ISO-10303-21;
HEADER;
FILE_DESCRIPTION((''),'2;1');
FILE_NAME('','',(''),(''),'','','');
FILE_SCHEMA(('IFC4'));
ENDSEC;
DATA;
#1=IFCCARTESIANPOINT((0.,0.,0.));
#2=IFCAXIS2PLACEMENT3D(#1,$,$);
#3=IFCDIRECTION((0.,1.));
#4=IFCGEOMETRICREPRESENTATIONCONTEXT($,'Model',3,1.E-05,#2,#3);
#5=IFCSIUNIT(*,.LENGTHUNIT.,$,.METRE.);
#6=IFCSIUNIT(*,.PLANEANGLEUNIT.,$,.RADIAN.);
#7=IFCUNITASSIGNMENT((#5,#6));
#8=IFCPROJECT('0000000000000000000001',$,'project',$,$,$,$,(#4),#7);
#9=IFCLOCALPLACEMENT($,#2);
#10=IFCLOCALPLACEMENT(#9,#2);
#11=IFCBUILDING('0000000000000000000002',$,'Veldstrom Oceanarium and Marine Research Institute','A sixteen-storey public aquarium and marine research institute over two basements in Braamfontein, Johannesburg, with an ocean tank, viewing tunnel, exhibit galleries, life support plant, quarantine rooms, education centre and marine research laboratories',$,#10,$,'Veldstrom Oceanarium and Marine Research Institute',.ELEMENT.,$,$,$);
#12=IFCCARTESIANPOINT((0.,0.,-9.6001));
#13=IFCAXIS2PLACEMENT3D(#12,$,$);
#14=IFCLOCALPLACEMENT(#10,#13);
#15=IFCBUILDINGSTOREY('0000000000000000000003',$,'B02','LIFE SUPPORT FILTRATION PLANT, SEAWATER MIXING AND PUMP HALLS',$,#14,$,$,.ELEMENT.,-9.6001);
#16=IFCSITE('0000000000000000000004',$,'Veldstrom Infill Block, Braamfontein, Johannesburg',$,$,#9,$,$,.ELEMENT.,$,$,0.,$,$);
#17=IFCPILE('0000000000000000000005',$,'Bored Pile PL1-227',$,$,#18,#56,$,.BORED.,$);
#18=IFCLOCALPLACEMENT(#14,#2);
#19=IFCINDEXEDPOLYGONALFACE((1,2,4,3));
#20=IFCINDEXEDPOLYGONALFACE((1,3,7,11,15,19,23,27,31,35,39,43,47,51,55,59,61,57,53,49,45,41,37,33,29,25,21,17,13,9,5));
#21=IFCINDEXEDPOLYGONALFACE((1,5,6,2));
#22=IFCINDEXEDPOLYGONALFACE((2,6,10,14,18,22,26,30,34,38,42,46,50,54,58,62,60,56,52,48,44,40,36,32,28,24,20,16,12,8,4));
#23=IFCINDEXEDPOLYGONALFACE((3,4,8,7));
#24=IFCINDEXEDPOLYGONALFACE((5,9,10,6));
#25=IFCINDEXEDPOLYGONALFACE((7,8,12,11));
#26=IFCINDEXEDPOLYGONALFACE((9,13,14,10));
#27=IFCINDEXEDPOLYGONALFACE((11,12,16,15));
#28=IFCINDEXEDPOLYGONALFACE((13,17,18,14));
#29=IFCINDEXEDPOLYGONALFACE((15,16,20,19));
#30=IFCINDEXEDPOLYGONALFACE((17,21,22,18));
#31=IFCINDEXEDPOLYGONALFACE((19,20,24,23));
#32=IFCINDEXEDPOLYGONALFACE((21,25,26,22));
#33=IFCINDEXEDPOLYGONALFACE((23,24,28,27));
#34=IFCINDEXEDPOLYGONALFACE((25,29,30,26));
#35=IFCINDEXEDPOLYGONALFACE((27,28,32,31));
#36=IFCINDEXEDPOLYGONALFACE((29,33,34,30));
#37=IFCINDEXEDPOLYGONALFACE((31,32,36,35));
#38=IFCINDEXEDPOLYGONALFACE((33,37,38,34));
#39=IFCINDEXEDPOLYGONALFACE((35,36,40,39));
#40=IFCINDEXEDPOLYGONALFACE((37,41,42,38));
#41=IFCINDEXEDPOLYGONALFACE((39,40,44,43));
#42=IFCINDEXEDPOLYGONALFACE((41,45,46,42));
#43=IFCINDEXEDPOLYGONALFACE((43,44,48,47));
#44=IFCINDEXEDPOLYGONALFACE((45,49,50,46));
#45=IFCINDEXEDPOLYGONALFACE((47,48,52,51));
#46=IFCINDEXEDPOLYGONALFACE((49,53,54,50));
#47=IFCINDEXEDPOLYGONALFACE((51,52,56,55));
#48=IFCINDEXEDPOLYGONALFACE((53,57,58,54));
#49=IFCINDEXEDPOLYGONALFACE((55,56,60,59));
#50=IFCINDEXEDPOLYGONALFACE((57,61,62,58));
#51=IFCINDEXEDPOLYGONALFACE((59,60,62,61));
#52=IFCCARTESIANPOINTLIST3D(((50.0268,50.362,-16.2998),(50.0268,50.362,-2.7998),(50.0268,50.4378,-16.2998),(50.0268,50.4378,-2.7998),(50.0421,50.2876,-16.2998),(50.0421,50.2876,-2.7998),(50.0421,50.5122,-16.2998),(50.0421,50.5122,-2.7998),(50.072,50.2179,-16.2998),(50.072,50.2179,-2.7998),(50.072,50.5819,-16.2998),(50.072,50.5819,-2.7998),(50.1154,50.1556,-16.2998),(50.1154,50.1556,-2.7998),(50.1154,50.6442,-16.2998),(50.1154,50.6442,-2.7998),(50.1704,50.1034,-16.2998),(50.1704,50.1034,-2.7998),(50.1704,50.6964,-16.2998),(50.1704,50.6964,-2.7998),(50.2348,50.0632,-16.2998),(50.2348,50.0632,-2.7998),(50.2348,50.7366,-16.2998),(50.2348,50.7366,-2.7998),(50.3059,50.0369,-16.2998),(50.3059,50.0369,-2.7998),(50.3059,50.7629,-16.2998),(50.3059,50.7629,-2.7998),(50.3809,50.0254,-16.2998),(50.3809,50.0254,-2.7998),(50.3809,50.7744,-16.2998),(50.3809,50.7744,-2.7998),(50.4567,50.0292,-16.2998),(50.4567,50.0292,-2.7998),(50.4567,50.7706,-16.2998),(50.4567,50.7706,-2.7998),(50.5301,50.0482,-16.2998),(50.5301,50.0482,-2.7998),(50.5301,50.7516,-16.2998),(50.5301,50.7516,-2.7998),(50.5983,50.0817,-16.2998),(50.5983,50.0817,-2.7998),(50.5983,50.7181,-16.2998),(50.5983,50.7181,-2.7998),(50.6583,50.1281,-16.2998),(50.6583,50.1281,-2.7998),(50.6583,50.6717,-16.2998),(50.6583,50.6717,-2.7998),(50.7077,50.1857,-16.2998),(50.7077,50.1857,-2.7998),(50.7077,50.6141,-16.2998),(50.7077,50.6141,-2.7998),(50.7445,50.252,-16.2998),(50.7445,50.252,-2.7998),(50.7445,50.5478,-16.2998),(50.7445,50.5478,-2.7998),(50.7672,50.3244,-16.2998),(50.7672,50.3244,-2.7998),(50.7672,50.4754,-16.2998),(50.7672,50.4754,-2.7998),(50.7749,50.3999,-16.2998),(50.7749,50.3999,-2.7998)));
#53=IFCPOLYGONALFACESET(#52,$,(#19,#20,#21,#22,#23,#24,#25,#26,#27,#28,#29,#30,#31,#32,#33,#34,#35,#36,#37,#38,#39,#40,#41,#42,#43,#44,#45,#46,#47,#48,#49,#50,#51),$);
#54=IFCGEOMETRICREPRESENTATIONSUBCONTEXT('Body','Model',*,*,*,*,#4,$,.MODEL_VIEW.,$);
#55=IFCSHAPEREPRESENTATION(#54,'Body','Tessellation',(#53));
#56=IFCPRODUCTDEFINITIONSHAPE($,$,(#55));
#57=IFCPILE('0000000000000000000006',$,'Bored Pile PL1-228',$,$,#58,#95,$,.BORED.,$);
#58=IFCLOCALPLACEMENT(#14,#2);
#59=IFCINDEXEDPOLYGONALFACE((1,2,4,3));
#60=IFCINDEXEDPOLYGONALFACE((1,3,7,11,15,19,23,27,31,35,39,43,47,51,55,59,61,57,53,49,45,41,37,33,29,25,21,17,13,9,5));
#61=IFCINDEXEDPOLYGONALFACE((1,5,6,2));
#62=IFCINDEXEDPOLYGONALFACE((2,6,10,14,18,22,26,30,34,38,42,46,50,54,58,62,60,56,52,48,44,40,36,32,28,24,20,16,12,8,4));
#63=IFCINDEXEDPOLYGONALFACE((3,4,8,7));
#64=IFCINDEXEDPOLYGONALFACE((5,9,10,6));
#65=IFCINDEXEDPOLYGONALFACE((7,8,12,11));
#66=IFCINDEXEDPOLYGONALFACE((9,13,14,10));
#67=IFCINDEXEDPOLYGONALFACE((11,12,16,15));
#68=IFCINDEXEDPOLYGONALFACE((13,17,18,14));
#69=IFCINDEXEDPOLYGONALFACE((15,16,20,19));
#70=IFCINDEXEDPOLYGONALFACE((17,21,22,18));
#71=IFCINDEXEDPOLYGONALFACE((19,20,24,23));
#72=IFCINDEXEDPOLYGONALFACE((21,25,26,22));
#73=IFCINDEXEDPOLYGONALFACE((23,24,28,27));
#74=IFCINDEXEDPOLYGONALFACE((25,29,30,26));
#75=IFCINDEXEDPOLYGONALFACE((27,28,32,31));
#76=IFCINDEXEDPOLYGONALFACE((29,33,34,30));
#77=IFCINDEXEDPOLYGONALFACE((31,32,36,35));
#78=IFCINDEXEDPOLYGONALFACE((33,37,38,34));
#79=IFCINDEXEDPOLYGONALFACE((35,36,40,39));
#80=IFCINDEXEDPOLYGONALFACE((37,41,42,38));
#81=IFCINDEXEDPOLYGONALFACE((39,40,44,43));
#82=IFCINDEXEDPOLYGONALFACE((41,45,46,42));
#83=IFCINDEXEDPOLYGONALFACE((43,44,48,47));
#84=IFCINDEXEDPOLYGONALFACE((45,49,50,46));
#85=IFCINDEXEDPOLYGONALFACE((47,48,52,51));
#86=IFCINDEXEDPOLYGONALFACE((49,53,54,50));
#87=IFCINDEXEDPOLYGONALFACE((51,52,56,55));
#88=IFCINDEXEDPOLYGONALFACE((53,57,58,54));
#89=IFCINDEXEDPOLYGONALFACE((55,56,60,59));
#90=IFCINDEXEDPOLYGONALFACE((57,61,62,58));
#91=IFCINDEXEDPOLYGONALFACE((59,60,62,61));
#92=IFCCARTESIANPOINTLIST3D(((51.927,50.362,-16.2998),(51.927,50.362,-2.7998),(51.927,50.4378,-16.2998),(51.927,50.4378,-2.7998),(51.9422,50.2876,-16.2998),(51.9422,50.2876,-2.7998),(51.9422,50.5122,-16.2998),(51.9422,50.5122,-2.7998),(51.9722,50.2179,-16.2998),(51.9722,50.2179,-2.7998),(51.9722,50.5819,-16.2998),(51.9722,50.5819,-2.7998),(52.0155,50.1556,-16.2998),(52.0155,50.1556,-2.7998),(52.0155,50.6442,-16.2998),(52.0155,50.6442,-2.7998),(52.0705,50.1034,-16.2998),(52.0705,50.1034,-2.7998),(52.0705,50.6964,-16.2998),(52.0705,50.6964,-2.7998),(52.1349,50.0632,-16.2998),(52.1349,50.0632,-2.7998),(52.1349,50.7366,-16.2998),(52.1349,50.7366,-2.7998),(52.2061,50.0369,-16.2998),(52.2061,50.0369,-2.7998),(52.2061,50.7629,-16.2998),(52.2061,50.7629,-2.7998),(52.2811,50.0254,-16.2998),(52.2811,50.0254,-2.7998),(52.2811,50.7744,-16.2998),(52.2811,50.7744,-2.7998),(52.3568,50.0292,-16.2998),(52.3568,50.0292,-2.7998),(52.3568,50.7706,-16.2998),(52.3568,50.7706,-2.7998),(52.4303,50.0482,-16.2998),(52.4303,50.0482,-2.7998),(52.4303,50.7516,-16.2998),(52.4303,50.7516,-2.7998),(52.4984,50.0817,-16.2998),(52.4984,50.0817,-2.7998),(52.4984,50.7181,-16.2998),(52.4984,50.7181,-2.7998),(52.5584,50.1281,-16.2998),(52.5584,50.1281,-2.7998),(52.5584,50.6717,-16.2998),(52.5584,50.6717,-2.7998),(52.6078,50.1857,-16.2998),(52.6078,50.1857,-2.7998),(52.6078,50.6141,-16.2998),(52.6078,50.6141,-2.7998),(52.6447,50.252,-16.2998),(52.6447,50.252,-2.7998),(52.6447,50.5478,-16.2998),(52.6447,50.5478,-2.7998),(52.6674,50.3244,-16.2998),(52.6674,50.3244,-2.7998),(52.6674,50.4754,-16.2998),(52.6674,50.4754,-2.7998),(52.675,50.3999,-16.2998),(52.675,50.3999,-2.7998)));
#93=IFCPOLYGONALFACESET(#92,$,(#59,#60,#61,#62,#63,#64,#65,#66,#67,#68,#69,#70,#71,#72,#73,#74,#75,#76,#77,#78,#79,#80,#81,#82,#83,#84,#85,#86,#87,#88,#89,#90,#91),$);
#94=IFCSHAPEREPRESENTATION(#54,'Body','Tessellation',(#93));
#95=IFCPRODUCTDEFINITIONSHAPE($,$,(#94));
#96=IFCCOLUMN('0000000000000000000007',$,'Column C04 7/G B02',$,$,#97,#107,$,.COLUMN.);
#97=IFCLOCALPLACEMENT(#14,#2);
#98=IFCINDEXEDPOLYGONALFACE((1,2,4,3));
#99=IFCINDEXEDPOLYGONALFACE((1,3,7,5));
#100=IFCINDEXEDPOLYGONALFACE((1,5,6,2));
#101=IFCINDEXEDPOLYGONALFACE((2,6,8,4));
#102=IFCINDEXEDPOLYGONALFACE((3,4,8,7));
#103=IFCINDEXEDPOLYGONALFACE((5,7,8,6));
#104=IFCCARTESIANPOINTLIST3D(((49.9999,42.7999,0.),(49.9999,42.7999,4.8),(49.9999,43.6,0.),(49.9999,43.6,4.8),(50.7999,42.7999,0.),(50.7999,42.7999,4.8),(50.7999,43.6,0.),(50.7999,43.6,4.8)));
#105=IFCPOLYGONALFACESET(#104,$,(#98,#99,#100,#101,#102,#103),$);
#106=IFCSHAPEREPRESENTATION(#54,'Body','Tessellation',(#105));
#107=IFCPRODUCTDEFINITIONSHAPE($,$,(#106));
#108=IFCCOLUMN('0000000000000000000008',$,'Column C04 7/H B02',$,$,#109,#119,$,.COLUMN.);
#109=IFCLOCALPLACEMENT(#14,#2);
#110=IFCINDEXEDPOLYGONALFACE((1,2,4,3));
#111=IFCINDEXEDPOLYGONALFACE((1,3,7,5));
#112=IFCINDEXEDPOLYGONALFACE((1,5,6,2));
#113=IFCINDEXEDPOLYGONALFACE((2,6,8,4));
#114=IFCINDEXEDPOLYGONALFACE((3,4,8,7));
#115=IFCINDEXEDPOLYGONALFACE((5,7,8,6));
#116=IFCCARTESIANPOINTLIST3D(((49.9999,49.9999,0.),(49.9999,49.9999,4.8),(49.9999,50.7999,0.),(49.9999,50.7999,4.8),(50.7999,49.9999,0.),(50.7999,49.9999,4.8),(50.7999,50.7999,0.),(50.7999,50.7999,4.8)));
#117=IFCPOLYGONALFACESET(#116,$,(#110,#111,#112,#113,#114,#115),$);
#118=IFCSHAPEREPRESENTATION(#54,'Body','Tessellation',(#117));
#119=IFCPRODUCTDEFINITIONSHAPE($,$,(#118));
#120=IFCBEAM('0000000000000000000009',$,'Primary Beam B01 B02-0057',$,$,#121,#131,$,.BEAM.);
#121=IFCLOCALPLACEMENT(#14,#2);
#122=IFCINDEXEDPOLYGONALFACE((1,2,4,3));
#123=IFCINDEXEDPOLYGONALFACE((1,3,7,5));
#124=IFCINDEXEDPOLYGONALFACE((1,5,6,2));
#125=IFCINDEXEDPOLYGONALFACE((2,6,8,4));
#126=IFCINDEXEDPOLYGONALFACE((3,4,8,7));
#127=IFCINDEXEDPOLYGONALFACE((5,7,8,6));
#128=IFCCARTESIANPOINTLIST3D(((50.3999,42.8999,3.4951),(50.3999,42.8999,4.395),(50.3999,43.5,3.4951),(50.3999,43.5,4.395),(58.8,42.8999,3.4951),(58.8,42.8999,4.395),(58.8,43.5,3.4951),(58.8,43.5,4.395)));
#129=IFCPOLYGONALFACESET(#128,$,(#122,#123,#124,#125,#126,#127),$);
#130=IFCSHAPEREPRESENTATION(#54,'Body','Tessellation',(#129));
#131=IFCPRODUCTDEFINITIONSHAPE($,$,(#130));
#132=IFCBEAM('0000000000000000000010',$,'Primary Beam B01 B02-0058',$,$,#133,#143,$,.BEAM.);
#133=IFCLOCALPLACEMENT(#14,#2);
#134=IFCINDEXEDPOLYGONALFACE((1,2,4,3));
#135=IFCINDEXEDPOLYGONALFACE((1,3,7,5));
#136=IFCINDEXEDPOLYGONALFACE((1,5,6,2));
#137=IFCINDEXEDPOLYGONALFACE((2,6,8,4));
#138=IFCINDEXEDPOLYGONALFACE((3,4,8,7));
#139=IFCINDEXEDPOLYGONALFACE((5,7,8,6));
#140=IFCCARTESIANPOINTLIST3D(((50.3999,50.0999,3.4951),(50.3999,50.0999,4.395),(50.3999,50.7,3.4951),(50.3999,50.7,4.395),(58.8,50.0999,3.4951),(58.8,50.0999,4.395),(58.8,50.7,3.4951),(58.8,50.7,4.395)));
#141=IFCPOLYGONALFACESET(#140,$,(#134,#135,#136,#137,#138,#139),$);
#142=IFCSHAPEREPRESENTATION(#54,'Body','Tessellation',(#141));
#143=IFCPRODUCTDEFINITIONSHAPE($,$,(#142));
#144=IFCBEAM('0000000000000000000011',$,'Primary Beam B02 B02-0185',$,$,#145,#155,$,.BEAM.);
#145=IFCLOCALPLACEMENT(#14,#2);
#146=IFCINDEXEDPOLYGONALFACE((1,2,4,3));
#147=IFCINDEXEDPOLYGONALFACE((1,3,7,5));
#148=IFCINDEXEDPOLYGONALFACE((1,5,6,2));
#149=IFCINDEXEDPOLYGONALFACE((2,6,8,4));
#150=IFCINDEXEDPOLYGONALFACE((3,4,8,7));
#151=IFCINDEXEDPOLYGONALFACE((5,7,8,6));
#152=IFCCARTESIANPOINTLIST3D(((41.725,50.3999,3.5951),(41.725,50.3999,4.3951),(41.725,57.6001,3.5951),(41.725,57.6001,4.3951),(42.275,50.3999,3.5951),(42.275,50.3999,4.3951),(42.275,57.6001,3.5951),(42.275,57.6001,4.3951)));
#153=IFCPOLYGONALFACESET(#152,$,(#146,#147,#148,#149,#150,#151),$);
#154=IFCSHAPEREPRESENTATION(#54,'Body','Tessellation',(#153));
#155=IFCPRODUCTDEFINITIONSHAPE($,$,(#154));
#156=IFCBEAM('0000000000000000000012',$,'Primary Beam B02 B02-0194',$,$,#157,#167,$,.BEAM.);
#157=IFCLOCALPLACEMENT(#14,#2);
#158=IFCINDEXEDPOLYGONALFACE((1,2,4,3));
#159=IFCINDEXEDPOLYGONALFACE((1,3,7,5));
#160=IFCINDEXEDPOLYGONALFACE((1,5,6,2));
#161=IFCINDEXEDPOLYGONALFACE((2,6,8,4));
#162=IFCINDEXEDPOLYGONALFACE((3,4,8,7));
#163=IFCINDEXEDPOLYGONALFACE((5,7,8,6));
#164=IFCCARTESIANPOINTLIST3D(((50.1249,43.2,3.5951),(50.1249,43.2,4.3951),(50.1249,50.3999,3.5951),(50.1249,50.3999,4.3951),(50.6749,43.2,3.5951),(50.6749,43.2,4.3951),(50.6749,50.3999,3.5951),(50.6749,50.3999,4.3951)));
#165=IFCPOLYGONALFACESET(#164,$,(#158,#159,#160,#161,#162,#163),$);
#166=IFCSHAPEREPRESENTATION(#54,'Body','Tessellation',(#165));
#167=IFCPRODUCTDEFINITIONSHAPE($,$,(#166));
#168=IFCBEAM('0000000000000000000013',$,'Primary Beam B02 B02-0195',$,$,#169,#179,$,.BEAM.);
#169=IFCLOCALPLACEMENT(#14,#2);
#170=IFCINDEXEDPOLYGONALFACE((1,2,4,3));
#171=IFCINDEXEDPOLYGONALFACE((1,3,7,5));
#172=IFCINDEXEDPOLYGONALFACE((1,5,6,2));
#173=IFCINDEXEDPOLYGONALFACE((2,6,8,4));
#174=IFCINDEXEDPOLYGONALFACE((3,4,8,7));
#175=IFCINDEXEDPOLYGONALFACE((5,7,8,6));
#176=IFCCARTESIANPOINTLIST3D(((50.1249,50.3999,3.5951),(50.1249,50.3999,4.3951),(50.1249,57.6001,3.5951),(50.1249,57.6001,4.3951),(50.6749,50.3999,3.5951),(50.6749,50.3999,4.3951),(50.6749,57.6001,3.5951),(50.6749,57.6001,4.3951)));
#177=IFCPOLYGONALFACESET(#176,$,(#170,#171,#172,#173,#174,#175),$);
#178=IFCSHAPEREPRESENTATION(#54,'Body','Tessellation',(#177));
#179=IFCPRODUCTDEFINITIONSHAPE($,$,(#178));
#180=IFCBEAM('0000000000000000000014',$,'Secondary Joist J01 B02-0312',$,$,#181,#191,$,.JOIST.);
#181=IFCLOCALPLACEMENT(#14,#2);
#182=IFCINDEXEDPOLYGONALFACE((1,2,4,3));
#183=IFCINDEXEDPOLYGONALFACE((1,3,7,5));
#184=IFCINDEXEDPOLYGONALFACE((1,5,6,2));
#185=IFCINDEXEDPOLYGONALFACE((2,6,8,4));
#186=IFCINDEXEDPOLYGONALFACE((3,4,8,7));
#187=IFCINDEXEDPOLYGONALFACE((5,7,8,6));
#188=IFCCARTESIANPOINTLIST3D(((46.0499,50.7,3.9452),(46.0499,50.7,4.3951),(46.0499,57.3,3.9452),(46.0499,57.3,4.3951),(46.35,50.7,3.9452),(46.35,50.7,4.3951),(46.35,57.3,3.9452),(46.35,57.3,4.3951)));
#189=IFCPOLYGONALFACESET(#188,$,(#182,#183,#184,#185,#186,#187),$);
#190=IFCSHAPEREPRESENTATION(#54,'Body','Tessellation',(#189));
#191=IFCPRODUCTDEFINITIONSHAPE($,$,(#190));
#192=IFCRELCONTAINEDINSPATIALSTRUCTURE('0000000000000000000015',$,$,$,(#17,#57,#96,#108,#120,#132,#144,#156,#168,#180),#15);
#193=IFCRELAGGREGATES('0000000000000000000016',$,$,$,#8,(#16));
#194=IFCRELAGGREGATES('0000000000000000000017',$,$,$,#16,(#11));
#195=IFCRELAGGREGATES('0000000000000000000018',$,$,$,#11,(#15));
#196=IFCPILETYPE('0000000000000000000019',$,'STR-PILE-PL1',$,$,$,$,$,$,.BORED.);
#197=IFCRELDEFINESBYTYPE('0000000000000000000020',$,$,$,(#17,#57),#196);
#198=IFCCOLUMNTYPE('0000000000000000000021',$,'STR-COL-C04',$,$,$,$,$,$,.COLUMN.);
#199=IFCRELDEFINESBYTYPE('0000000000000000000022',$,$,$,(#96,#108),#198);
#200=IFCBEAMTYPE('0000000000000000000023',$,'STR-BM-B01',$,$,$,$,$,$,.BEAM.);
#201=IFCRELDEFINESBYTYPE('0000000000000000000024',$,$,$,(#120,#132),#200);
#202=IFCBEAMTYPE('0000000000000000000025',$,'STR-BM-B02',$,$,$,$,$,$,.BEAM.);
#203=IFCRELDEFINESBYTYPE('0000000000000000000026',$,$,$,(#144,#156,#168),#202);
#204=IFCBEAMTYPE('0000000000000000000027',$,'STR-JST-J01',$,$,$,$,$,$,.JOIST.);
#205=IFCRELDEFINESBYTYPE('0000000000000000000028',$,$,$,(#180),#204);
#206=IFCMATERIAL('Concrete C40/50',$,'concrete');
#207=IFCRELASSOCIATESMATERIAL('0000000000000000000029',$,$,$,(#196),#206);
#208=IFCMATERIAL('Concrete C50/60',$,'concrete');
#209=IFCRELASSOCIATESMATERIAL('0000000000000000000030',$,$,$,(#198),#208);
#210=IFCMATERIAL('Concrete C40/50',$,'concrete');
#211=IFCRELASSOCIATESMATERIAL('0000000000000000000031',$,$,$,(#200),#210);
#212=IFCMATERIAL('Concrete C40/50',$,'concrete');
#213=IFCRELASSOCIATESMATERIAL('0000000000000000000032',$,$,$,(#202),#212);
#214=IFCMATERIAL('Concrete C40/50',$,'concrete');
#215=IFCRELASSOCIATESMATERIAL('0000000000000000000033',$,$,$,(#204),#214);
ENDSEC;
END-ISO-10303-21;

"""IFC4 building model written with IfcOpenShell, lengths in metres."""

from ifc_helpers import new_model, si_unit, direction, frame, origin, origin_2d, place, context, subcontext, project, spatial, rectangle, circle, extrude, material, material_profile, profile_set, type_object, element, save


model = new_model("IFC4")

# Units and contexts
model_context = context("Model", 3, precision=1e-05, world=origin(), true_north=direction((0.0, 1.0)))
body_context = subcontext(model_context, "Body", "Model", "MODEL_VIEW")
ifc_project = project(units=[si_unit("LENGTHUNIT", "METRE"), si_unit("PLANEANGLEUNIT", "RADIAN")], contexts=[model_context])

# Site, building, storey
site_placement = place(None, origin())
site = spatial("IfcSite", under=ifc_project, at=site_placement, Name="Veldstrom Infill Block, Braamfontein, Johannesburg", CompositionType="ELEMENT", RefElevation=0.0)
building_placement = place(site_placement, origin())
building = spatial("IfcBuilding", under=site, at=building_placement, Name="Veldstrom Oceanarium and Marine Research Institute", Description="A sixteen-storey public aquarium and marine research institute over two basements in Braamfontein, Johannesburg, with an ocean tank, viewing tunnel, exhibit galleries, life support plant, quarantine rooms, education centre and marine research laboratories", LongName="Veldstrom Oceanarium and Marine Research Institute", CompositionType="ELEMENT")
storey_placement = place(building_placement, frame((0.0, 0.0, -9.6001)))
storey = spatial("IfcBuildingStorey", under=building, at=storey_placement, Name="B02", Description="LIFE SUPPORT FILTRATION PLANT, SEAWATER MIXING AND PUMP HALLS", CompositionType="ELEMENT", Elevation=-9.6001)

# Piles
ifc_material_1 = material(Name="Concrete C40/50", Category="concrete")
ifc_material_profile_1 = material_profile(ifc_material_1, circle(Radius=0.375, at=origin_2d()), Name="PILE-D750")
ifc_profile_set_1 = profile_set([ifc_material_profile_1], Name="Concrete C40/50")
pile_type = type_object("IfcPileType", Name="STR-PILE-PL1", PredefinedType="BORED", material=ifc_profile_set_1)
for number, where, z_axis, x_axis, name in (
    (1, (50.3999, 50.3999, -2.7998), (0.0, 0.0, -1.0), (1.0, 0.0, 0.0), "Bored Pile PL1-227"),
    (2, (52.3, 50.3999, -2.7998), (0.0, 0.0, -1.0), (1.0, 0.0, 0.0), "Bored Pile PL1-228"),
):
    element("IfcPile", number, at=place(storey_placement, frame(where, z_axis=z_axis, x_axis=x_axis)), inside=storey, type_object=pile_type, Name=name, PredefinedType="BORED", context=body_context, shape_type="SweptSolid", body=[
        extrude(circle(Radius=0.375, at=origin_2d()), origin(), (0.0, 0.0, 1.0), 13.5),
    ])

# Columns
ifc_material_2 = material(Name="Concrete C50/60", Category="concrete")
ifc_material_profile_2 = material_profile(ifc_material_2, rectangle(XDim=0.8, YDim=0.8, at=origin_2d()), Name="RC-COL-800x800")
ifc_profile_set_2 = profile_set([ifc_material_profile_2], Name="Concrete C50/60")
column_type = type_object("IfcColumnType", Name="STR-COL-C04", PredefinedType="COLUMN", material=ifc_profile_set_2)
for number, where, z_axis, x_axis, name in (
    (3, (50.3999, 43.2, 0.0), (0.0, 0.0, 1.0), (1.0, 0.0, 0.0), "Column C04 7/G B02"),
    (4, (50.3999, 50.3999, 0.0), (0.0, 0.0, 1.0), (1.0, 0.0, 0.0), "Column C04 7/H B02"),
):
    element("IfcColumn", number, at=place(storey_placement, frame(where, z_axis=z_axis, x_axis=x_axis)), inside=storey, type_object=column_type, Name=name, PredefinedType="COLUMN", context=body_context, shape_type="SweptSolid", body=[
        extrude(rectangle(XDim=0.8, YDim=0.8, at=origin_2d()), origin(), (0.0, 0.0, 1.0), 4.8),
    ])

# Beams
ifc_material_3 = material(Name="Concrete C40/50", Category="concrete")
ifc_material_profile_3 = material_profile(ifc_material_3, rectangle(XDim=0.6001, YDim=0.8999, at=origin_2d()), Name="RC-BM-600x900")
ifc_profile_set_3 = profile_set([ifc_material_profile_3], Name="Concrete C40/50")
beam_type_1 = type_object("IfcBeamType", Name="STR-BM-B01", PredefinedType="BEAM", material=ifc_profile_set_3)
for number, where, z_axis, x_axis, name in (
    (5, (50.3999, 43.2, 3.9451), (1.0, 0.0, 0.0), (0.0, 1.0, 0.0), "Primary Beam B01 B02-0057"),
    (6, (50.3999, 50.3999, 3.9451), (1.0, 0.0, 0.0), (0.0, 1.0, 0.0), "Primary Beam B01 B02-0058"),
):
    element("IfcBeam", number, at=place(storey_placement, frame(where, z_axis=z_axis, x_axis=x_axis)), inside=storey, type_object=beam_type_1, Name=name, PredefinedType="BEAM", context=body_context, shape_type="SweptSolid", body=[
        extrude(rectangle(XDim=0.6001, YDim=0.8999, at=origin_2d()), origin(), (0.0, 0.0, 1.0), 8.4001),
    ])
ifc_material_4 = material(Name="Concrete C40/50", Category="concrete")
ifc_material_profile_4 = material_profile(ifc_material_4, rectangle(XDim=0.55, YDim=0.8, at=origin_2d()), Name="RC-BM-550x800")
ifc_profile_set_4 = profile_set([ifc_material_profile_4], Name="Concrete C40/50")
beam_type_2 = type_object("IfcBeamType", Name="STR-BM-B02", PredefinedType="BEAM", material=ifc_profile_set_4)
beam_1_placement = place(storey_placement, frame((42.0, 50.3999, 3.9951), z_axis=(0.0, 1.0, 0.0), x_axis=(-1.0, 0.0, 0.0)))
element("IfcBeam", 7, at=beam_1_placement, inside=storey, type_object=beam_type_2, Name="Primary Beam B02 B02-0185", PredefinedType="BEAM", context=body_context, shape_type="SweptSolid", body=[
    extrude(rectangle(XDim=0.55, YDim=0.8, at=origin_2d()), origin(), (0.0, 0.0, 1.0), 7.2002),
])
beam_2_placement = place(storey_placement, frame((50.3999, 43.2, 3.9951), z_axis=(0.0, 1.0, 0.0), x_axis=(-1.0, 0.0, 0.0)))
element("IfcBeam", 8, at=beam_2_placement, inside=storey, type_object=beam_type_2, Name="Primary Beam B02 B02-0194", PredefinedType="BEAM", context=body_context, shape_type="SweptSolid", body=[
    extrude(rectangle(XDim=0.55, YDim=0.8, at=origin_2d()), origin(), (0.0, 0.0, 1.0), 7.2),
])
beam_3_placement = place(storey_placement, frame((50.3999, 50.3999, 3.9951), z_axis=(0.0, 1.0, 0.0), x_axis=(-1.0, 0.0, 0.0)))
element("IfcBeam", 9, at=beam_3_placement, inside=storey, type_object=beam_type_2, Name="Primary Beam B02 B02-0195", PredefinedType="BEAM", context=body_context, shape_type="SweptSolid", body=[
    extrude(rectangle(XDim=0.55, YDim=0.8, at=origin_2d()), origin(), (0.0, 0.0, 1.0), 7.2002),
])
ifc_material_5 = material(Name="Concrete C40/50", Category="concrete")
ifc_material_profile_5 = material_profile(ifc_material_5, rectangle(XDim=0.3, YDim=0.45, at=origin_2d()), Name="RC-JST-300x450")
ifc_profile_set_5 = profile_set([ifc_material_profile_5], Name="Concrete C40/50")
beam_type_3 = type_object("IfcBeamType", Name="STR-JST-J01", PredefinedType="JOIST", material=ifc_profile_set_5)
for number, where, z_axis, x_axis, name in (
    (10, (46.2, 50.7, 4.1702), (0.0, 1.0, 0.0), (-1.0, 0.0, 0.0), "Secondary Joist J01 B02-0312"),
):
    element("IfcBeam", number, at=place(storey_placement, frame(where, z_axis=z_axis, x_axis=x_axis)), inside=storey, type_object=beam_type_3, Name=name, PredefinedType="JOIST", context=body_context, shape_type="SweptSolid", body=[
        extrude(rectangle(XDim=0.3, YDim=0.45, at=origin_2d()), origin(), (0.0, 0.0, 1.0), 6.6001),
    ])

save(model, "model.ifc")
